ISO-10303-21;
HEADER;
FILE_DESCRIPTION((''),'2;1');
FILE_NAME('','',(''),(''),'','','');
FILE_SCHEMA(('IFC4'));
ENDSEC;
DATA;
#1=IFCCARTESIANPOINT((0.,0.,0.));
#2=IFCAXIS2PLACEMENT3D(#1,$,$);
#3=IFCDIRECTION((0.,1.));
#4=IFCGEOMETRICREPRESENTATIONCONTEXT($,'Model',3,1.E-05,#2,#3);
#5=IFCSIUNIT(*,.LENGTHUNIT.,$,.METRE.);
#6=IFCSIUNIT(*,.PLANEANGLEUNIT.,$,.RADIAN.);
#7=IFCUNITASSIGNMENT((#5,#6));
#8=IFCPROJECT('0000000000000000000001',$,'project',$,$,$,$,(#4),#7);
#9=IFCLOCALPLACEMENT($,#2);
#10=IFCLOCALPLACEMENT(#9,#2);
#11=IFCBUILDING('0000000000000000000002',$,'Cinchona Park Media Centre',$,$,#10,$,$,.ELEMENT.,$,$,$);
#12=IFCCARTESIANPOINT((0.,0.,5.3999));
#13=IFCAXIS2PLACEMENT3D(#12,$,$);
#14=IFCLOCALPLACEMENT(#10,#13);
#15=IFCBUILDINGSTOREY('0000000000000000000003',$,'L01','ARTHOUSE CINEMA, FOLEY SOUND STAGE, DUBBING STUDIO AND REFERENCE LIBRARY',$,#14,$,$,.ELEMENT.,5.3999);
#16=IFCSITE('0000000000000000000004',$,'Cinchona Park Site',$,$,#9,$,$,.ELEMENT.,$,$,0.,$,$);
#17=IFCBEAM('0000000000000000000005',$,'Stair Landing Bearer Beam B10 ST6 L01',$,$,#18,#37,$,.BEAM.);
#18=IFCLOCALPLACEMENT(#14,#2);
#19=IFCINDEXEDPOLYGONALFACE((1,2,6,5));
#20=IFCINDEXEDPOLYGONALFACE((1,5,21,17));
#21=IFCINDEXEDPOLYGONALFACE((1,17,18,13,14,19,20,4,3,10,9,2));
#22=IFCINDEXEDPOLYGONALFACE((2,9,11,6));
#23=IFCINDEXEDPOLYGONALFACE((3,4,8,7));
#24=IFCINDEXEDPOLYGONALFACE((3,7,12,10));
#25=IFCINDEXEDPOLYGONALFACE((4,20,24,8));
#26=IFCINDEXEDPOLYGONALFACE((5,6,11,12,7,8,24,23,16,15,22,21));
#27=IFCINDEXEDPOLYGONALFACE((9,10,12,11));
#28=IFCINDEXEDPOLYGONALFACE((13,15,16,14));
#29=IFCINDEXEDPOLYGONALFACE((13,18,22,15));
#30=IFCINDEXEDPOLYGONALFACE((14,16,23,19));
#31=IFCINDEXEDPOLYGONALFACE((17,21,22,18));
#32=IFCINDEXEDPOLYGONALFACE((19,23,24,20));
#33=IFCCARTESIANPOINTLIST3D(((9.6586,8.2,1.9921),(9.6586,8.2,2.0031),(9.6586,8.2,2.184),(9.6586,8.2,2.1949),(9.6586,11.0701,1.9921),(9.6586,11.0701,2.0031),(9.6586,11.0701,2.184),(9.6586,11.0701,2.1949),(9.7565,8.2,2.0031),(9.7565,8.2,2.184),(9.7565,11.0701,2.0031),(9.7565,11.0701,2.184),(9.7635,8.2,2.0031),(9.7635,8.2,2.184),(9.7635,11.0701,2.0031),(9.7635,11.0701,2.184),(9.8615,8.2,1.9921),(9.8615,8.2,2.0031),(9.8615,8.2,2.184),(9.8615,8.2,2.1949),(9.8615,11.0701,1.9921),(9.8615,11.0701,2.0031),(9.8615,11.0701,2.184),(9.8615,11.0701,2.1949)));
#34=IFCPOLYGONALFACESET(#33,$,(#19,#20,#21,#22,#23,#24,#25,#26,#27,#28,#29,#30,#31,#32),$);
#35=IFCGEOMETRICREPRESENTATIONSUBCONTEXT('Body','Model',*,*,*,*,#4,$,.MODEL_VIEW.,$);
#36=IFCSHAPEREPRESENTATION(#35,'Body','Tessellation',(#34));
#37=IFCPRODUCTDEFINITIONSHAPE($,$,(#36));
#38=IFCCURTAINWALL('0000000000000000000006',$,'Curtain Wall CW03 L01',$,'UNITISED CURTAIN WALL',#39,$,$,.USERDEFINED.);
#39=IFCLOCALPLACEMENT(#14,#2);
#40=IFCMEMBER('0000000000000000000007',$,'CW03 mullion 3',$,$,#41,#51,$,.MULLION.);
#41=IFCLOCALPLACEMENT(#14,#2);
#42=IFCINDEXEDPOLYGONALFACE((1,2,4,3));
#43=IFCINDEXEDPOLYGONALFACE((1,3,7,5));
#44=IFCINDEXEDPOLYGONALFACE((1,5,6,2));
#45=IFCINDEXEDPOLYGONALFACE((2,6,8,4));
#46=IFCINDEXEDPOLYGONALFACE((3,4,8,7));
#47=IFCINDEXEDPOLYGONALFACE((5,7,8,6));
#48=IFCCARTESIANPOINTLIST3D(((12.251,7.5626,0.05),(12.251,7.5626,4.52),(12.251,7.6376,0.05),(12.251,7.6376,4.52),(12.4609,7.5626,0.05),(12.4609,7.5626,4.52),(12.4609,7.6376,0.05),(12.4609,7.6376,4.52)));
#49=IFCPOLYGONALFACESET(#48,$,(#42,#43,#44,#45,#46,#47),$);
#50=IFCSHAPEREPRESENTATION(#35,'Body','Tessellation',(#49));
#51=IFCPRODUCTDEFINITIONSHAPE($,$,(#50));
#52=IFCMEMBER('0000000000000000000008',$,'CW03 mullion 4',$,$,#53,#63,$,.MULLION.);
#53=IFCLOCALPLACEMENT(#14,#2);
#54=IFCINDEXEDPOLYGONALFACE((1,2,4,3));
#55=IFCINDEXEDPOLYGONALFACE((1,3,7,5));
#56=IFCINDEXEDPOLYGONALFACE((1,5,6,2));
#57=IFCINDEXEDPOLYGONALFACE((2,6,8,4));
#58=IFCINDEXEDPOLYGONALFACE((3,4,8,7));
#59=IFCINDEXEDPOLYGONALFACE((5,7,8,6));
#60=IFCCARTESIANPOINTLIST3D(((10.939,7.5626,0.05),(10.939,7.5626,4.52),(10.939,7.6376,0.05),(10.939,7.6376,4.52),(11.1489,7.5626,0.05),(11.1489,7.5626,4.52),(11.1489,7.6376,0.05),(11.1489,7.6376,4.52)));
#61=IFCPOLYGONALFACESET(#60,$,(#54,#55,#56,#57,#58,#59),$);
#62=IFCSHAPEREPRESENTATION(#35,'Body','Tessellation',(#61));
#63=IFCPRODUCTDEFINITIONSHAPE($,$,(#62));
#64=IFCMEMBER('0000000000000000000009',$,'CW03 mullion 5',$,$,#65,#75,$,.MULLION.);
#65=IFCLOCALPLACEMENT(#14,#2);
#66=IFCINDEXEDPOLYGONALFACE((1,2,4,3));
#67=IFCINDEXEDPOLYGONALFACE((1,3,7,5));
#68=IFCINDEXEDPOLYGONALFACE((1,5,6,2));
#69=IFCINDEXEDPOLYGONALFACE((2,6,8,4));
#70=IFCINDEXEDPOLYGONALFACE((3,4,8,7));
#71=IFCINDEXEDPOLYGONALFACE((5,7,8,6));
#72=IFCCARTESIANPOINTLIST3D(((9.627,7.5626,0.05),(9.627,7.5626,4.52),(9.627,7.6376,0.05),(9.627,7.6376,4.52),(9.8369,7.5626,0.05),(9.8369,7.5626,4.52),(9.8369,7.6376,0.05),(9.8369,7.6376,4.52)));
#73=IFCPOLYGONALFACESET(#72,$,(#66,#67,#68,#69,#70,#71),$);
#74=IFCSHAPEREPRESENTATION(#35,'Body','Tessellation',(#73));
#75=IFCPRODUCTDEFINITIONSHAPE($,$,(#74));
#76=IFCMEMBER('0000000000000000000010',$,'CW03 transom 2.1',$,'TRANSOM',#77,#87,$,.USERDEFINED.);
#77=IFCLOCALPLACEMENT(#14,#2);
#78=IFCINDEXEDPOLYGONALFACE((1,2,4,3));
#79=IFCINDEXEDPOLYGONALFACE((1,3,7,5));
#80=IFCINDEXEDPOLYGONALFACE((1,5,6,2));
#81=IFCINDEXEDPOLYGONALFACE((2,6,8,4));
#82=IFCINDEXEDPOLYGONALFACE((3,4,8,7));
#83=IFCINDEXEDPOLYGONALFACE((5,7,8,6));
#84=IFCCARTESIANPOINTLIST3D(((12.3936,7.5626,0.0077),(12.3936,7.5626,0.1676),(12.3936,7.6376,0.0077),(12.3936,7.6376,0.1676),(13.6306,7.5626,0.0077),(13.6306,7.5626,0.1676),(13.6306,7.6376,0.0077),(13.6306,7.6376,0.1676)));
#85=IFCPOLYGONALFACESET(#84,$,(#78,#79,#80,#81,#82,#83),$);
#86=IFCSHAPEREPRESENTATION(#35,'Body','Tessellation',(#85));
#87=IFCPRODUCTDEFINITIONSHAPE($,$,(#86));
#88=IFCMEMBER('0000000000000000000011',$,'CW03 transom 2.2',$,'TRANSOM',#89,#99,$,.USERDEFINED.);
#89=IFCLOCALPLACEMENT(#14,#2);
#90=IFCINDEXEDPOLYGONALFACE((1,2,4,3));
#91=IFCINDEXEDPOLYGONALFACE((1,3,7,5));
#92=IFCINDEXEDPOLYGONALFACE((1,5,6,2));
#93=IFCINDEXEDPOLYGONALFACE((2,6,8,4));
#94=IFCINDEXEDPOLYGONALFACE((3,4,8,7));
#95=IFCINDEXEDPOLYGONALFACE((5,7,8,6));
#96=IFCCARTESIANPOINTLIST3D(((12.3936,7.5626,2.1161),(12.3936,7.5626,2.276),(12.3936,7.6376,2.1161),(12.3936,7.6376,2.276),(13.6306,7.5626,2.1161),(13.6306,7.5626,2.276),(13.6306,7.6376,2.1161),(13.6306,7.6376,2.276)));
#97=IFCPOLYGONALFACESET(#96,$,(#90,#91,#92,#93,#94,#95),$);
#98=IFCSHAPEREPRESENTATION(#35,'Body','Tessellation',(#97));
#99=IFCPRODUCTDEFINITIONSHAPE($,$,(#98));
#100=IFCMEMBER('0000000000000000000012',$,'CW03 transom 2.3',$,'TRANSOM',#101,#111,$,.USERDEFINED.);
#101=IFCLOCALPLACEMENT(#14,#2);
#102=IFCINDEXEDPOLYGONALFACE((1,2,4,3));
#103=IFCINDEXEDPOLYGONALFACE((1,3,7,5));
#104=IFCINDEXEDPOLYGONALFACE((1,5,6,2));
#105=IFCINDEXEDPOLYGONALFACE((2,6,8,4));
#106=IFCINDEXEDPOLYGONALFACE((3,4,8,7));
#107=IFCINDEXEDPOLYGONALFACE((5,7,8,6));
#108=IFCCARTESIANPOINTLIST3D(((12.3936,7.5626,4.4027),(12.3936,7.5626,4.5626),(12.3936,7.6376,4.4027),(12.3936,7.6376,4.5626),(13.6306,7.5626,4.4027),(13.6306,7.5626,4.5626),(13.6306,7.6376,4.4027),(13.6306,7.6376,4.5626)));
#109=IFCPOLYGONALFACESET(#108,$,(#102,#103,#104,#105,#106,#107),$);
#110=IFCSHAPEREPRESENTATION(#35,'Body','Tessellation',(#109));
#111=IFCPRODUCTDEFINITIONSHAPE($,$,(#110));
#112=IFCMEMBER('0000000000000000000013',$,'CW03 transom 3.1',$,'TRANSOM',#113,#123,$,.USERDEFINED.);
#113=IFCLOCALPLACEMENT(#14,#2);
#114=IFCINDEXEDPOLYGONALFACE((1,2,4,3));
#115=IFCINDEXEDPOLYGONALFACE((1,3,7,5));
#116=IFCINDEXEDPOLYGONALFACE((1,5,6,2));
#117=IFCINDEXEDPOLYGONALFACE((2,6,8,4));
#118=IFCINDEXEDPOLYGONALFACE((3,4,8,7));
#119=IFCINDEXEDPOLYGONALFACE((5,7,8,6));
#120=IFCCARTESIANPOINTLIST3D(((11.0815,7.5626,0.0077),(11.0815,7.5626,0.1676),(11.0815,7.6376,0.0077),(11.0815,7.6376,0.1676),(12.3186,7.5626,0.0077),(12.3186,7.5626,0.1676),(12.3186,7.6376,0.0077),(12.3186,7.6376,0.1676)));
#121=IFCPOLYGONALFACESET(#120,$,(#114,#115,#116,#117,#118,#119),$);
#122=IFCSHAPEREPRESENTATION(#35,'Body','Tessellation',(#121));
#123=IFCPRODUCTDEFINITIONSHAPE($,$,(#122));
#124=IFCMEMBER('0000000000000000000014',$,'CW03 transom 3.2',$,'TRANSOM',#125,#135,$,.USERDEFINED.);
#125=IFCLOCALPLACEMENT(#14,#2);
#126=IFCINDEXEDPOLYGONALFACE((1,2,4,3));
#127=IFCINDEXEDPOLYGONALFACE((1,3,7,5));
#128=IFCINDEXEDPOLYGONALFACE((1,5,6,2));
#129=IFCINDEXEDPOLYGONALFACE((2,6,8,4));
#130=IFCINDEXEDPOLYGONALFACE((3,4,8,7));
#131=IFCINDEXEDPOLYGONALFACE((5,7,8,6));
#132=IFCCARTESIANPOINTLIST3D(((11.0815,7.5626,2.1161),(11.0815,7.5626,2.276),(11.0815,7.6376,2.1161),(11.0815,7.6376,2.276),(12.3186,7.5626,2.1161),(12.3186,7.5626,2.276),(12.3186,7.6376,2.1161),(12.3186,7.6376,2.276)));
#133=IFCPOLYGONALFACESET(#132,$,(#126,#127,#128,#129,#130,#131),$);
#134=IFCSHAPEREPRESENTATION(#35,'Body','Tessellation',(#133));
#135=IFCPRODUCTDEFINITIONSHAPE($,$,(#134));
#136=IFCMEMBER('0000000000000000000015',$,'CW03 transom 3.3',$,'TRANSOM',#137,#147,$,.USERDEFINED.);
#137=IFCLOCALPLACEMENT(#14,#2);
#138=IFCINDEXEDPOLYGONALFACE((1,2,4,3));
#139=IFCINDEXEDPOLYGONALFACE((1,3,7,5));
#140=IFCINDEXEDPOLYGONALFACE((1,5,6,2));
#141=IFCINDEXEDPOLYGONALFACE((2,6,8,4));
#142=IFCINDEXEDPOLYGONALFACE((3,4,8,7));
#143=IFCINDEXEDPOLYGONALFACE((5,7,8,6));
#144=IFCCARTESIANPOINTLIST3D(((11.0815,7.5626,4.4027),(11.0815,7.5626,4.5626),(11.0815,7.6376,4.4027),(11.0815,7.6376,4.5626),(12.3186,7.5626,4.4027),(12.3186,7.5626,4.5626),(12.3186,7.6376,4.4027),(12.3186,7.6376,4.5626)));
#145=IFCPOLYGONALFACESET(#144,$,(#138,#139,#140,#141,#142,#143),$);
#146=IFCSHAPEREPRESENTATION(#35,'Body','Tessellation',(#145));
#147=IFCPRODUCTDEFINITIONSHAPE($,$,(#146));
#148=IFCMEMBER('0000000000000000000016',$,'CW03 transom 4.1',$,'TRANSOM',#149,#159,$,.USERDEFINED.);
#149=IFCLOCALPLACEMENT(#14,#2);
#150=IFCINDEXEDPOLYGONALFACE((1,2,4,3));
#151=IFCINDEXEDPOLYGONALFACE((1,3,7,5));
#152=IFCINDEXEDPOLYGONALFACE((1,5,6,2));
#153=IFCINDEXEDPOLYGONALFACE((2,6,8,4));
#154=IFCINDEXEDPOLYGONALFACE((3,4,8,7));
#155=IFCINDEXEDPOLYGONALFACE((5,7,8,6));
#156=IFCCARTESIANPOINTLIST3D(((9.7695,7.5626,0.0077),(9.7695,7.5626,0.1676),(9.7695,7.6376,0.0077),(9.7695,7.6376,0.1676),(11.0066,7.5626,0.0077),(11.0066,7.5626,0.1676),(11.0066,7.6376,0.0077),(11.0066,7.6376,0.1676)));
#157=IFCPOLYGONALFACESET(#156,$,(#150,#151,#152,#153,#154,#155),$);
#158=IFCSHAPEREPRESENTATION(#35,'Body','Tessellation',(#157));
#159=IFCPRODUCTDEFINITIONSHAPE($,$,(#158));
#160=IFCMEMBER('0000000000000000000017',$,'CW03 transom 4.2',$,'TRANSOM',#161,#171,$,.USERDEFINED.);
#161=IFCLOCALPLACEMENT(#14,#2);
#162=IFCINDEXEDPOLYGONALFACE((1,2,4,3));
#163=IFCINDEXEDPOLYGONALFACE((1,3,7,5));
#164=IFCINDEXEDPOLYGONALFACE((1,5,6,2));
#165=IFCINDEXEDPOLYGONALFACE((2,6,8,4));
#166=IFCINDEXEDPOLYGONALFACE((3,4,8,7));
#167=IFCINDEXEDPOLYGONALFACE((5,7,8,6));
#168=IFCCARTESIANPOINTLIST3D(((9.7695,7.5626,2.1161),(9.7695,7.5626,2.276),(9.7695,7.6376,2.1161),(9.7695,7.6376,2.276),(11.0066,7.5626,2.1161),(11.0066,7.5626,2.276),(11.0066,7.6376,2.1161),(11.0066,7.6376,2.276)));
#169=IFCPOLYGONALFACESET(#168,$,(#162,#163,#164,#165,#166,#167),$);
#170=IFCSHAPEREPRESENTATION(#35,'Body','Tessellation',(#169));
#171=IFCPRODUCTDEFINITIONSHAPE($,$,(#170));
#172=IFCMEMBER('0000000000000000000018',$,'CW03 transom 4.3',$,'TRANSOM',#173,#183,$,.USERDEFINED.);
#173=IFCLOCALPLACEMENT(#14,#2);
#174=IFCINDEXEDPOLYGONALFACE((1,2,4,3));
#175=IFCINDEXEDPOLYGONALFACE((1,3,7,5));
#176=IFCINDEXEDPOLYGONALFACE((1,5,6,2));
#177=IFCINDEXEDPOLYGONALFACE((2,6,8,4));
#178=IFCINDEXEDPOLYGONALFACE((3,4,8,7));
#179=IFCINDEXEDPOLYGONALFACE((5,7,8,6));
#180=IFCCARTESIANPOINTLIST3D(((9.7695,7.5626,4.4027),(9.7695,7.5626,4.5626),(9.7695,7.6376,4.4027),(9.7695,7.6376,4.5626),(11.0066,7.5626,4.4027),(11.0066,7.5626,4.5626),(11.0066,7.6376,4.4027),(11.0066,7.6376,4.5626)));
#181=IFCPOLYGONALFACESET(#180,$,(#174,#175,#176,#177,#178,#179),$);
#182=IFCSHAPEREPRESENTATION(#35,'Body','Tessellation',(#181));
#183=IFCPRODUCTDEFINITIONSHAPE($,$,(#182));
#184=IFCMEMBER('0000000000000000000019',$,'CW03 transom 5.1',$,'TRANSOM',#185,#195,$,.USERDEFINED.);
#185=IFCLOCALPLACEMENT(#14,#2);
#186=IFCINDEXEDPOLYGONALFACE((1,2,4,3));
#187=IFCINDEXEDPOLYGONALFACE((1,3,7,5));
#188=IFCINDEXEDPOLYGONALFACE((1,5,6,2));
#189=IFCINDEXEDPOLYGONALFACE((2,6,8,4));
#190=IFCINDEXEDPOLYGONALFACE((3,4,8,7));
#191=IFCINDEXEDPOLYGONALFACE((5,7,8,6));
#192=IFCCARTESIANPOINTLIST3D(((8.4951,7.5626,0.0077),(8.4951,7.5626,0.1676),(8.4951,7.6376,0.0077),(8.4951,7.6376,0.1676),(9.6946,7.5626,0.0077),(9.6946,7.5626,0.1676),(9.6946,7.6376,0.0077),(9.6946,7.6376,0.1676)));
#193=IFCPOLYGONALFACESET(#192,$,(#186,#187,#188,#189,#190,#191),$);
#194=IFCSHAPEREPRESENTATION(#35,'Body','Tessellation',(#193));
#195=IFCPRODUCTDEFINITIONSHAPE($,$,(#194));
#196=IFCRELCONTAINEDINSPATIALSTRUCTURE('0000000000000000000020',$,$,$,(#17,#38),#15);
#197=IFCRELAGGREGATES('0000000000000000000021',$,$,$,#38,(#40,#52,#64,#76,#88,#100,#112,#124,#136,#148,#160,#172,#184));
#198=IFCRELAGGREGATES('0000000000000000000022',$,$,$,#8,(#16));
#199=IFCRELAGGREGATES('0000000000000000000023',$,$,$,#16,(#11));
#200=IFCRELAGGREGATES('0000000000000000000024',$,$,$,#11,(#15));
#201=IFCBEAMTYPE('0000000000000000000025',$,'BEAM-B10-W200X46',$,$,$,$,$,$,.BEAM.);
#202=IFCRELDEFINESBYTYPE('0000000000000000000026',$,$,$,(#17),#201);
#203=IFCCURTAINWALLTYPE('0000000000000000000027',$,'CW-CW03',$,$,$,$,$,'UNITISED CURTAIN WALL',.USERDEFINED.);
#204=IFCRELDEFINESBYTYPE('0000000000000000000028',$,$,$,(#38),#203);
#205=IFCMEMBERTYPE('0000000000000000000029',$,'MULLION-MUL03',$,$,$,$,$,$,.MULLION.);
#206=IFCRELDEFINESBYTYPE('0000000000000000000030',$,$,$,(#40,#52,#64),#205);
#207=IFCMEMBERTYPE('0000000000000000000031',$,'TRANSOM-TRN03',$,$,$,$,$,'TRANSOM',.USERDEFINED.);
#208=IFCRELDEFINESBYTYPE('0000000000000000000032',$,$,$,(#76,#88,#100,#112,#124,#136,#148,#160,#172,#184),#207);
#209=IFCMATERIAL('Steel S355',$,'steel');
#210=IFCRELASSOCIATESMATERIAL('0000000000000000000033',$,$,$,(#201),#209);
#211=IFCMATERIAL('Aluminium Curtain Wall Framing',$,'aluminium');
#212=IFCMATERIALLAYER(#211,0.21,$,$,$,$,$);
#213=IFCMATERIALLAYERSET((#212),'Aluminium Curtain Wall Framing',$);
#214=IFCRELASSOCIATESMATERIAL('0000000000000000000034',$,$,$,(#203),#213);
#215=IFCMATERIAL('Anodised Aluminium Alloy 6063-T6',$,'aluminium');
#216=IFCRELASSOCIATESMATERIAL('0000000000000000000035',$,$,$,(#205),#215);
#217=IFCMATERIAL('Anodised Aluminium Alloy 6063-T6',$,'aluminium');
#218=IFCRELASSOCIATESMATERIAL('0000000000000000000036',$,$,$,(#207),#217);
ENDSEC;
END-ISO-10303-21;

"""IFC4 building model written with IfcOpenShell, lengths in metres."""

from ifc_helpers import new_model, si_unit, direction, frame, origin, origin_2d, place, context, subcontext, project, spatial, rectangle, i_section, extrude, material, layer, layer_set, material_profile, profile_set, type_object, element, aggregate, save


model = new_model("IFC4")

# Units and contexts
model_context = context("Model", 3, precision=1e-05, world=origin(), true_north=direction((0.0, 1.0)))
body_context = subcontext(model_context, "Body", "Model", "MODEL_VIEW")
ifc_project = project(units=[si_unit("LENGTHUNIT", "METRE"), si_unit("PLANEANGLEUNIT", "RADIAN")], contexts=[model_context])

# Site, building, storey
site_placement = place(None, origin())
site = spatial("IfcSite", under=ifc_project, at=site_placement, Name="Cinchona Park Site", CompositionType="ELEMENT", RefElevation=0.0)
building_placement = place(site_placement, origin())
building = spatial("IfcBuilding", under=site, at=building_placement, Name="Cinchona Park Media Centre", CompositionType="ELEMENT")
storey_placement = place(building_placement, frame((0.0, 0.0, 5.3999)))
storey = spatial("IfcBuildingStorey", under=building, at=storey_placement, Name="L01", Description="ARTHOUSE CINEMA, FOLEY SOUND STAGE, DUBBING STUDIO AND REFERENCE LIBRARY", CompositionType="ELEMENT", Elevation=5.3999)

# Beam
ifc_material_1 = material(Name="Steel S355", Category="steel")
ifc_material_profile_1 = material_profile(ifc_material_1, i_section(OverallWidth=0.2029, OverallDepth=0.2029, WebThickness=0.0071, FlangeThickness=0.011, at=origin_2d()), Name="W200X46")
ifc_profile_set_1 = profile_set([ifc_material_profile_1], Name="Steel S355")
beam_type = type_object("IfcBeamType", Name="BEAM-B10-W200X46", PredefinedType="BEAM", material=ifc_profile_set_1)
beam_placement = place(storey_placement, frame((9.76, 11.0701, 2.0935), z_axis=(0.0, -1.0, 0.0), x_axis=(1.0, 0.0, 0.0)))
element("IfcBeam", 1, at=beam_placement, inside=storey, type_object=beam_type, Name="Stair Landing Bearer Beam B10 ST6 L01", PredefinedType="BEAM", context=body_context, shape_type="SweptSolid", body=[
    extrude(i_section(OverallWidth=0.2029, OverallDepth=0.2029, WebThickness=0.0071, FlangeThickness=0.011, at=origin_2d()), origin(), (0.0, 0.0, 1.0), 2.8701),
])

# Curtain wall, members
ifc_material_2 = material(Name="Aluminium Curtain Wall Framing", Category="aluminium")
ifc_layer_1 = layer(ifc_material_2, 0.21)
ifc_layer_set_1 = layer_set([ifc_layer_1], Name="Aluminium Curtain Wall Framing")
curtain_wall_type = type_object("IfcCurtainWallType", Name="CW-CW03", ElementType="UNITISED CURTAIN WALL", PredefinedType="USERDEFINED", material=ifc_layer_set_1)
curtain_wall_placement = place(storey_placement, origin())
curtain_wall = element("IfcCurtainWall", 2, at=curtain_wall_placement, inside=storey, type_object=curtain_wall_type, Name="Curtain Wall CW03 L01", ObjectType="UNITISED CURTAIN WALL", PredefinedType="USERDEFINED")
ifc_material_3 = material(Name="Anodised Aluminium Alloy 6063-T6", Category="aluminium")
ifc_material_profile_2 = material_profile(ifc_material_3, rectangle(XDim=0.075, YDim=0.21, at=origin_2d()), Name="MUL-75X210")
ifc_profile_set_2 = profile_set([ifc_material_profile_2], Name="Anodised Aluminium Alloy 6063-T6")
member_type_1 = type_object("IfcMemberType", Name="MULLION-MUL03", PredefinedType="MULLION", material=ifc_profile_set_2)
member_1_placement = place(storey_placement, frame((12.356, 7.6001, 0.05), z_axis=(0.0, 0.0, 1.0), x_axis=(0.0, -1.0, 0.0)))
member_1 = element("IfcMember", 3, at=member_1_placement, type_object=member_type_1, Name="CW03 mullion 3", PredefinedType="MULLION", context=body_context, shape_type="SweptSolid", body=[
    extrude(rectangle(XDim=0.075, YDim=0.21, at=origin_2d()), origin(), (0.0, 0.0, 1.0), 4.47),
])
member_2_placement = place(storey_placement, frame((11.0439, 7.6001, 0.05), z_axis=(0.0, 0.0, 1.0), x_axis=(0.0, -1.0, 0.0)))
member_2 = element("IfcMember", 4, at=member_2_placement, type_object=member_type_1, Name="CW03 mullion 4", PredefinedType="MULLION", context=body_context, shape_type="SweptSolid", body=[
    extrude(rectangle(XDim=0.075, YDim=0.21, at=origin_2d()), origin(), (0.0, 0.0, 1.0), 4.47),
])
member_3_placement = place(storey_placement, frame((9.7319, 7.6001, 0.05), z_axis=(0.0, 0.0, 1.0), x_axis=(0.0, -1.0, 0.0)))
member_3 = element("IfcMember", 5, at=member_3_placement, type_object=member_type_1, Name="CW03 mullion 5", PredefinedType="MULLION", context=body_context, shape_type="SweptSolid", body=[
    extrude(rectangle(XDim=0.075, YDim=0.21, at=origin_2d()), origin(), (0.0, 0.0, 1.0), 4.47),
])
ifc_material_4 = material(Name="Anodised Aluminium Alloy 6063-T6", Category="aluminium")
ifc_material_profile_3 = material_profile(ifc_material_4, rectangle(XDim=0.075, YDim=0.1599, at=origin_2d()), Name="TRN-75X160")
ifc_profile_set_3 = profile_set([ifc_material_profile_3], Name="Anodised Aluminium Alloy 6063-T6")
member_type_2 = type_object("IfcMemberType", Name="TRANSOM-TRN03", ElementType="TRANSOM", PredefinedType="USERDEFINED", material=ifc_profile_set_3)
member_4_placement = place(storey_placement, frame((13.6306, 7.6001, 0.0876), z_axis=(-1.0, 0.0, 0.0), x_axis=(0.0, -1.0, 0.0)))
member_4 = element("IfcMember", 6, at=member_4_placement, type_object=member_type_2, Name="CW03 transom 2.1", ObjectType="TRANSOM", PredefinedType="USERDEFINED", context=body_context, shape_type="SweptSolid", body=[
    extrude(rectangle(XDim=0.075, YDim=0.1599, at=origin_2d()), origin(), (0.0, 0.0, 1.0), 1.2371),
])
member_5_placement = place(storey_placement, frame((13.6306, 7.6001, 2.196), z_axis=(-1.0, 0.0, 0.0), x_axis=(0.0, -1.0, 0.0)))
member_5 = element("IfcMember", 7, at=member_5_placement, type_object=member_type_2, Name="CW03 transom 2.2", ObjectType="TRANSOM", PredefinedType="USERDEFINED", context=body_context, shape_type="SweptSolid", body=[
    extrude(rectangle(XDim=0.075, YDim=0.1599, at=origin_2d()), origin(), (0.0, 0.0, 1.0), 1.2371),
])
member_6_placement = place(storey_placement, frame((13.6306, 7.6001, 4.4827), z_axis=(-1.0, 0.0, 0.0), x_axis=(0.0, -1.0, 0.0)))
member_6 = element("IfcMember", 8, at=member_6_placement, type_object=member_type_2, Name="CW03 transom 2.3", ObjectType="TRANSOM", PredefinedType="USERDEFINED", context=body_context, shape_type="SweptSolid", body=[
    extrude(rectangle(XDim=0.075, YDim=0.1599, at=origin_2d()), origin(), (0.0, 0.0, 1.0), 1.2371),
])
member_7_placement = place(storey_placement, frame((12.3186, 7.6001, 0.0876), z_axis=(-1.0, 0.0, 0.0), x_axis=(0.0, -1.0, 0.0)))
member_7 = element("IfcMember", 9, at=member_7_placement, type_object=member_type_2, Name="CW03 transom 3.1", ObjectType="TRANSOM", PredefinedType="USERDEFINED", context=body_context, shape_type="SweptSolid", body=[
    extrude(rectangle(XDim=0.075, YDim=0.1599, at=origin_2d()), origin(), (0.0, 0.0, 1.0), 1.2371),
])
member_8_placement = place(storey_placement, frame((12.3186, 7.6001, 2.196), z_axis=(-1.0, 0.0, 0.0), x_axis=(0.0, -1.0, 0.0)))
member_8 = element("IfcMember", 10, at=member_8_placement, type_object=member_type_2, Name="CW03 transom 3.2", ObjectType="TRANSOM", PredefinedType="USERDEFINED", context=body_context, shape_type="SweptSolid", body=[
    extrude(rectangle(XDim=0.075, YDim=0.1599, at=origin_2d()), origin(), (0.0, 0.0, 1.0), 1.2371),
])
member_9_placement = place(storey_placement, frame((12.3186, 7.6001, 4.4827), z_axis=(-1.0, 0.0, 0.0), x_axis=(0.0, -1.0, 0.0)))
member_9 = element("IfcMember", 11, at=member_9_placement, type_object=member_type_2, Name="CW03 transom 3.3", ObjectType="TRANSOM", PredefinedType="USERDEFINED", context=body_context, shape_type="SweptSolid", body=[
    extrude(rectangle(XDim=0.075, YDim=0.1599, at=origin_2d()), origin(), (0.0, 0.0, 1.0), 1.2371),
])
member_10_placement = place(storey_placement, frame((11.0066, 7.6001, 0.0876), z_axis=(-1.0, 0.0, 0.0), x_axis=(0.0, -1.0, 0.0)))
member_10 = element("IfcMember", 12, at=member_10_placement, type_object=member_type_2, Name="CW03 transom 4.1", ObjectType="TRANSOM", PredefinedType="USERDEFINED", context=body_context, shape_type="SweptSolid", body=[
    extrude(rectangle(XDim=0.075, YDim=0.1599, at=origin_2d()), origin(), (0.0, 0.0, 1.0), 1.2371),
])
member_11_placement = place(storey_placement, frame((11.0066, 7.6001, 2.196), z_axis=(-1.0, 0.0, 0.0), x_axis=(0.0, -1.0, 0.0)))
member_11 = element("IfcMember", 13, at=member_11_placement, type_object=member_type_2, Name="CW03 transom 4.2", ObjectType="TRANSOM", PredefinedType="USERDEFINED", context=body_context, shape_type="SweptSolid", body=[
    extrude(rectangle(XDim=0.075, YDim=0.1599, at=origin_2d()), origin(), (0.0, 0.0, 1.0), 1.2371),
])
member_12_placement = place(storey_placement, frame((11.0066, 7.6001, 4.4827), z_axis=(-1.0, 0.0, 0.0), x_axis=(0.0, -1.0, 0.0)))
member_12 = element("IfcMember", 14, at=member_12_placement, type_object=member_type_2, Name="CW03 transom 4.3", ObjectType="TRANSOM", PredefinedType="USERDEFINED", context=body_context, shape_type="SweptSolid", body=[
    extrude(rectangle(XDim=0.075, YDim=0.1599, at=origin_2d()), origin(), (0.0, 0.0, 1.0), 1.2371),
])
member_13_placement = place(storey_placement, frame((9.6946, 7.6001, 0.0876), z_axis=(-1.0, 0.0, 0.0), x_axis=(0.0, -1.0, 0.0)))
member_13 = element("IfcMember", 15, at=member_13_placement, type_object=member_type_2, Name="CW03 transom 5.1", ObjectType="TRANSOM", PredefinedType="USERDEFINED", context=body_context, shape_type="SweptSolid", body=[
    extrude(rectangle(XDim=0.075, YDim=0.1599, at=origin_2d()), origin(), (0.0, 0.0, 1.0), 1.1995),
])
aggregate(curtain_wall, [member_1, member_2, member_3, member_4, member_5, member_6, member_7, member_8, member_9, member_10, member_11, member_12, member_13])

save(model, "model.ifc")
